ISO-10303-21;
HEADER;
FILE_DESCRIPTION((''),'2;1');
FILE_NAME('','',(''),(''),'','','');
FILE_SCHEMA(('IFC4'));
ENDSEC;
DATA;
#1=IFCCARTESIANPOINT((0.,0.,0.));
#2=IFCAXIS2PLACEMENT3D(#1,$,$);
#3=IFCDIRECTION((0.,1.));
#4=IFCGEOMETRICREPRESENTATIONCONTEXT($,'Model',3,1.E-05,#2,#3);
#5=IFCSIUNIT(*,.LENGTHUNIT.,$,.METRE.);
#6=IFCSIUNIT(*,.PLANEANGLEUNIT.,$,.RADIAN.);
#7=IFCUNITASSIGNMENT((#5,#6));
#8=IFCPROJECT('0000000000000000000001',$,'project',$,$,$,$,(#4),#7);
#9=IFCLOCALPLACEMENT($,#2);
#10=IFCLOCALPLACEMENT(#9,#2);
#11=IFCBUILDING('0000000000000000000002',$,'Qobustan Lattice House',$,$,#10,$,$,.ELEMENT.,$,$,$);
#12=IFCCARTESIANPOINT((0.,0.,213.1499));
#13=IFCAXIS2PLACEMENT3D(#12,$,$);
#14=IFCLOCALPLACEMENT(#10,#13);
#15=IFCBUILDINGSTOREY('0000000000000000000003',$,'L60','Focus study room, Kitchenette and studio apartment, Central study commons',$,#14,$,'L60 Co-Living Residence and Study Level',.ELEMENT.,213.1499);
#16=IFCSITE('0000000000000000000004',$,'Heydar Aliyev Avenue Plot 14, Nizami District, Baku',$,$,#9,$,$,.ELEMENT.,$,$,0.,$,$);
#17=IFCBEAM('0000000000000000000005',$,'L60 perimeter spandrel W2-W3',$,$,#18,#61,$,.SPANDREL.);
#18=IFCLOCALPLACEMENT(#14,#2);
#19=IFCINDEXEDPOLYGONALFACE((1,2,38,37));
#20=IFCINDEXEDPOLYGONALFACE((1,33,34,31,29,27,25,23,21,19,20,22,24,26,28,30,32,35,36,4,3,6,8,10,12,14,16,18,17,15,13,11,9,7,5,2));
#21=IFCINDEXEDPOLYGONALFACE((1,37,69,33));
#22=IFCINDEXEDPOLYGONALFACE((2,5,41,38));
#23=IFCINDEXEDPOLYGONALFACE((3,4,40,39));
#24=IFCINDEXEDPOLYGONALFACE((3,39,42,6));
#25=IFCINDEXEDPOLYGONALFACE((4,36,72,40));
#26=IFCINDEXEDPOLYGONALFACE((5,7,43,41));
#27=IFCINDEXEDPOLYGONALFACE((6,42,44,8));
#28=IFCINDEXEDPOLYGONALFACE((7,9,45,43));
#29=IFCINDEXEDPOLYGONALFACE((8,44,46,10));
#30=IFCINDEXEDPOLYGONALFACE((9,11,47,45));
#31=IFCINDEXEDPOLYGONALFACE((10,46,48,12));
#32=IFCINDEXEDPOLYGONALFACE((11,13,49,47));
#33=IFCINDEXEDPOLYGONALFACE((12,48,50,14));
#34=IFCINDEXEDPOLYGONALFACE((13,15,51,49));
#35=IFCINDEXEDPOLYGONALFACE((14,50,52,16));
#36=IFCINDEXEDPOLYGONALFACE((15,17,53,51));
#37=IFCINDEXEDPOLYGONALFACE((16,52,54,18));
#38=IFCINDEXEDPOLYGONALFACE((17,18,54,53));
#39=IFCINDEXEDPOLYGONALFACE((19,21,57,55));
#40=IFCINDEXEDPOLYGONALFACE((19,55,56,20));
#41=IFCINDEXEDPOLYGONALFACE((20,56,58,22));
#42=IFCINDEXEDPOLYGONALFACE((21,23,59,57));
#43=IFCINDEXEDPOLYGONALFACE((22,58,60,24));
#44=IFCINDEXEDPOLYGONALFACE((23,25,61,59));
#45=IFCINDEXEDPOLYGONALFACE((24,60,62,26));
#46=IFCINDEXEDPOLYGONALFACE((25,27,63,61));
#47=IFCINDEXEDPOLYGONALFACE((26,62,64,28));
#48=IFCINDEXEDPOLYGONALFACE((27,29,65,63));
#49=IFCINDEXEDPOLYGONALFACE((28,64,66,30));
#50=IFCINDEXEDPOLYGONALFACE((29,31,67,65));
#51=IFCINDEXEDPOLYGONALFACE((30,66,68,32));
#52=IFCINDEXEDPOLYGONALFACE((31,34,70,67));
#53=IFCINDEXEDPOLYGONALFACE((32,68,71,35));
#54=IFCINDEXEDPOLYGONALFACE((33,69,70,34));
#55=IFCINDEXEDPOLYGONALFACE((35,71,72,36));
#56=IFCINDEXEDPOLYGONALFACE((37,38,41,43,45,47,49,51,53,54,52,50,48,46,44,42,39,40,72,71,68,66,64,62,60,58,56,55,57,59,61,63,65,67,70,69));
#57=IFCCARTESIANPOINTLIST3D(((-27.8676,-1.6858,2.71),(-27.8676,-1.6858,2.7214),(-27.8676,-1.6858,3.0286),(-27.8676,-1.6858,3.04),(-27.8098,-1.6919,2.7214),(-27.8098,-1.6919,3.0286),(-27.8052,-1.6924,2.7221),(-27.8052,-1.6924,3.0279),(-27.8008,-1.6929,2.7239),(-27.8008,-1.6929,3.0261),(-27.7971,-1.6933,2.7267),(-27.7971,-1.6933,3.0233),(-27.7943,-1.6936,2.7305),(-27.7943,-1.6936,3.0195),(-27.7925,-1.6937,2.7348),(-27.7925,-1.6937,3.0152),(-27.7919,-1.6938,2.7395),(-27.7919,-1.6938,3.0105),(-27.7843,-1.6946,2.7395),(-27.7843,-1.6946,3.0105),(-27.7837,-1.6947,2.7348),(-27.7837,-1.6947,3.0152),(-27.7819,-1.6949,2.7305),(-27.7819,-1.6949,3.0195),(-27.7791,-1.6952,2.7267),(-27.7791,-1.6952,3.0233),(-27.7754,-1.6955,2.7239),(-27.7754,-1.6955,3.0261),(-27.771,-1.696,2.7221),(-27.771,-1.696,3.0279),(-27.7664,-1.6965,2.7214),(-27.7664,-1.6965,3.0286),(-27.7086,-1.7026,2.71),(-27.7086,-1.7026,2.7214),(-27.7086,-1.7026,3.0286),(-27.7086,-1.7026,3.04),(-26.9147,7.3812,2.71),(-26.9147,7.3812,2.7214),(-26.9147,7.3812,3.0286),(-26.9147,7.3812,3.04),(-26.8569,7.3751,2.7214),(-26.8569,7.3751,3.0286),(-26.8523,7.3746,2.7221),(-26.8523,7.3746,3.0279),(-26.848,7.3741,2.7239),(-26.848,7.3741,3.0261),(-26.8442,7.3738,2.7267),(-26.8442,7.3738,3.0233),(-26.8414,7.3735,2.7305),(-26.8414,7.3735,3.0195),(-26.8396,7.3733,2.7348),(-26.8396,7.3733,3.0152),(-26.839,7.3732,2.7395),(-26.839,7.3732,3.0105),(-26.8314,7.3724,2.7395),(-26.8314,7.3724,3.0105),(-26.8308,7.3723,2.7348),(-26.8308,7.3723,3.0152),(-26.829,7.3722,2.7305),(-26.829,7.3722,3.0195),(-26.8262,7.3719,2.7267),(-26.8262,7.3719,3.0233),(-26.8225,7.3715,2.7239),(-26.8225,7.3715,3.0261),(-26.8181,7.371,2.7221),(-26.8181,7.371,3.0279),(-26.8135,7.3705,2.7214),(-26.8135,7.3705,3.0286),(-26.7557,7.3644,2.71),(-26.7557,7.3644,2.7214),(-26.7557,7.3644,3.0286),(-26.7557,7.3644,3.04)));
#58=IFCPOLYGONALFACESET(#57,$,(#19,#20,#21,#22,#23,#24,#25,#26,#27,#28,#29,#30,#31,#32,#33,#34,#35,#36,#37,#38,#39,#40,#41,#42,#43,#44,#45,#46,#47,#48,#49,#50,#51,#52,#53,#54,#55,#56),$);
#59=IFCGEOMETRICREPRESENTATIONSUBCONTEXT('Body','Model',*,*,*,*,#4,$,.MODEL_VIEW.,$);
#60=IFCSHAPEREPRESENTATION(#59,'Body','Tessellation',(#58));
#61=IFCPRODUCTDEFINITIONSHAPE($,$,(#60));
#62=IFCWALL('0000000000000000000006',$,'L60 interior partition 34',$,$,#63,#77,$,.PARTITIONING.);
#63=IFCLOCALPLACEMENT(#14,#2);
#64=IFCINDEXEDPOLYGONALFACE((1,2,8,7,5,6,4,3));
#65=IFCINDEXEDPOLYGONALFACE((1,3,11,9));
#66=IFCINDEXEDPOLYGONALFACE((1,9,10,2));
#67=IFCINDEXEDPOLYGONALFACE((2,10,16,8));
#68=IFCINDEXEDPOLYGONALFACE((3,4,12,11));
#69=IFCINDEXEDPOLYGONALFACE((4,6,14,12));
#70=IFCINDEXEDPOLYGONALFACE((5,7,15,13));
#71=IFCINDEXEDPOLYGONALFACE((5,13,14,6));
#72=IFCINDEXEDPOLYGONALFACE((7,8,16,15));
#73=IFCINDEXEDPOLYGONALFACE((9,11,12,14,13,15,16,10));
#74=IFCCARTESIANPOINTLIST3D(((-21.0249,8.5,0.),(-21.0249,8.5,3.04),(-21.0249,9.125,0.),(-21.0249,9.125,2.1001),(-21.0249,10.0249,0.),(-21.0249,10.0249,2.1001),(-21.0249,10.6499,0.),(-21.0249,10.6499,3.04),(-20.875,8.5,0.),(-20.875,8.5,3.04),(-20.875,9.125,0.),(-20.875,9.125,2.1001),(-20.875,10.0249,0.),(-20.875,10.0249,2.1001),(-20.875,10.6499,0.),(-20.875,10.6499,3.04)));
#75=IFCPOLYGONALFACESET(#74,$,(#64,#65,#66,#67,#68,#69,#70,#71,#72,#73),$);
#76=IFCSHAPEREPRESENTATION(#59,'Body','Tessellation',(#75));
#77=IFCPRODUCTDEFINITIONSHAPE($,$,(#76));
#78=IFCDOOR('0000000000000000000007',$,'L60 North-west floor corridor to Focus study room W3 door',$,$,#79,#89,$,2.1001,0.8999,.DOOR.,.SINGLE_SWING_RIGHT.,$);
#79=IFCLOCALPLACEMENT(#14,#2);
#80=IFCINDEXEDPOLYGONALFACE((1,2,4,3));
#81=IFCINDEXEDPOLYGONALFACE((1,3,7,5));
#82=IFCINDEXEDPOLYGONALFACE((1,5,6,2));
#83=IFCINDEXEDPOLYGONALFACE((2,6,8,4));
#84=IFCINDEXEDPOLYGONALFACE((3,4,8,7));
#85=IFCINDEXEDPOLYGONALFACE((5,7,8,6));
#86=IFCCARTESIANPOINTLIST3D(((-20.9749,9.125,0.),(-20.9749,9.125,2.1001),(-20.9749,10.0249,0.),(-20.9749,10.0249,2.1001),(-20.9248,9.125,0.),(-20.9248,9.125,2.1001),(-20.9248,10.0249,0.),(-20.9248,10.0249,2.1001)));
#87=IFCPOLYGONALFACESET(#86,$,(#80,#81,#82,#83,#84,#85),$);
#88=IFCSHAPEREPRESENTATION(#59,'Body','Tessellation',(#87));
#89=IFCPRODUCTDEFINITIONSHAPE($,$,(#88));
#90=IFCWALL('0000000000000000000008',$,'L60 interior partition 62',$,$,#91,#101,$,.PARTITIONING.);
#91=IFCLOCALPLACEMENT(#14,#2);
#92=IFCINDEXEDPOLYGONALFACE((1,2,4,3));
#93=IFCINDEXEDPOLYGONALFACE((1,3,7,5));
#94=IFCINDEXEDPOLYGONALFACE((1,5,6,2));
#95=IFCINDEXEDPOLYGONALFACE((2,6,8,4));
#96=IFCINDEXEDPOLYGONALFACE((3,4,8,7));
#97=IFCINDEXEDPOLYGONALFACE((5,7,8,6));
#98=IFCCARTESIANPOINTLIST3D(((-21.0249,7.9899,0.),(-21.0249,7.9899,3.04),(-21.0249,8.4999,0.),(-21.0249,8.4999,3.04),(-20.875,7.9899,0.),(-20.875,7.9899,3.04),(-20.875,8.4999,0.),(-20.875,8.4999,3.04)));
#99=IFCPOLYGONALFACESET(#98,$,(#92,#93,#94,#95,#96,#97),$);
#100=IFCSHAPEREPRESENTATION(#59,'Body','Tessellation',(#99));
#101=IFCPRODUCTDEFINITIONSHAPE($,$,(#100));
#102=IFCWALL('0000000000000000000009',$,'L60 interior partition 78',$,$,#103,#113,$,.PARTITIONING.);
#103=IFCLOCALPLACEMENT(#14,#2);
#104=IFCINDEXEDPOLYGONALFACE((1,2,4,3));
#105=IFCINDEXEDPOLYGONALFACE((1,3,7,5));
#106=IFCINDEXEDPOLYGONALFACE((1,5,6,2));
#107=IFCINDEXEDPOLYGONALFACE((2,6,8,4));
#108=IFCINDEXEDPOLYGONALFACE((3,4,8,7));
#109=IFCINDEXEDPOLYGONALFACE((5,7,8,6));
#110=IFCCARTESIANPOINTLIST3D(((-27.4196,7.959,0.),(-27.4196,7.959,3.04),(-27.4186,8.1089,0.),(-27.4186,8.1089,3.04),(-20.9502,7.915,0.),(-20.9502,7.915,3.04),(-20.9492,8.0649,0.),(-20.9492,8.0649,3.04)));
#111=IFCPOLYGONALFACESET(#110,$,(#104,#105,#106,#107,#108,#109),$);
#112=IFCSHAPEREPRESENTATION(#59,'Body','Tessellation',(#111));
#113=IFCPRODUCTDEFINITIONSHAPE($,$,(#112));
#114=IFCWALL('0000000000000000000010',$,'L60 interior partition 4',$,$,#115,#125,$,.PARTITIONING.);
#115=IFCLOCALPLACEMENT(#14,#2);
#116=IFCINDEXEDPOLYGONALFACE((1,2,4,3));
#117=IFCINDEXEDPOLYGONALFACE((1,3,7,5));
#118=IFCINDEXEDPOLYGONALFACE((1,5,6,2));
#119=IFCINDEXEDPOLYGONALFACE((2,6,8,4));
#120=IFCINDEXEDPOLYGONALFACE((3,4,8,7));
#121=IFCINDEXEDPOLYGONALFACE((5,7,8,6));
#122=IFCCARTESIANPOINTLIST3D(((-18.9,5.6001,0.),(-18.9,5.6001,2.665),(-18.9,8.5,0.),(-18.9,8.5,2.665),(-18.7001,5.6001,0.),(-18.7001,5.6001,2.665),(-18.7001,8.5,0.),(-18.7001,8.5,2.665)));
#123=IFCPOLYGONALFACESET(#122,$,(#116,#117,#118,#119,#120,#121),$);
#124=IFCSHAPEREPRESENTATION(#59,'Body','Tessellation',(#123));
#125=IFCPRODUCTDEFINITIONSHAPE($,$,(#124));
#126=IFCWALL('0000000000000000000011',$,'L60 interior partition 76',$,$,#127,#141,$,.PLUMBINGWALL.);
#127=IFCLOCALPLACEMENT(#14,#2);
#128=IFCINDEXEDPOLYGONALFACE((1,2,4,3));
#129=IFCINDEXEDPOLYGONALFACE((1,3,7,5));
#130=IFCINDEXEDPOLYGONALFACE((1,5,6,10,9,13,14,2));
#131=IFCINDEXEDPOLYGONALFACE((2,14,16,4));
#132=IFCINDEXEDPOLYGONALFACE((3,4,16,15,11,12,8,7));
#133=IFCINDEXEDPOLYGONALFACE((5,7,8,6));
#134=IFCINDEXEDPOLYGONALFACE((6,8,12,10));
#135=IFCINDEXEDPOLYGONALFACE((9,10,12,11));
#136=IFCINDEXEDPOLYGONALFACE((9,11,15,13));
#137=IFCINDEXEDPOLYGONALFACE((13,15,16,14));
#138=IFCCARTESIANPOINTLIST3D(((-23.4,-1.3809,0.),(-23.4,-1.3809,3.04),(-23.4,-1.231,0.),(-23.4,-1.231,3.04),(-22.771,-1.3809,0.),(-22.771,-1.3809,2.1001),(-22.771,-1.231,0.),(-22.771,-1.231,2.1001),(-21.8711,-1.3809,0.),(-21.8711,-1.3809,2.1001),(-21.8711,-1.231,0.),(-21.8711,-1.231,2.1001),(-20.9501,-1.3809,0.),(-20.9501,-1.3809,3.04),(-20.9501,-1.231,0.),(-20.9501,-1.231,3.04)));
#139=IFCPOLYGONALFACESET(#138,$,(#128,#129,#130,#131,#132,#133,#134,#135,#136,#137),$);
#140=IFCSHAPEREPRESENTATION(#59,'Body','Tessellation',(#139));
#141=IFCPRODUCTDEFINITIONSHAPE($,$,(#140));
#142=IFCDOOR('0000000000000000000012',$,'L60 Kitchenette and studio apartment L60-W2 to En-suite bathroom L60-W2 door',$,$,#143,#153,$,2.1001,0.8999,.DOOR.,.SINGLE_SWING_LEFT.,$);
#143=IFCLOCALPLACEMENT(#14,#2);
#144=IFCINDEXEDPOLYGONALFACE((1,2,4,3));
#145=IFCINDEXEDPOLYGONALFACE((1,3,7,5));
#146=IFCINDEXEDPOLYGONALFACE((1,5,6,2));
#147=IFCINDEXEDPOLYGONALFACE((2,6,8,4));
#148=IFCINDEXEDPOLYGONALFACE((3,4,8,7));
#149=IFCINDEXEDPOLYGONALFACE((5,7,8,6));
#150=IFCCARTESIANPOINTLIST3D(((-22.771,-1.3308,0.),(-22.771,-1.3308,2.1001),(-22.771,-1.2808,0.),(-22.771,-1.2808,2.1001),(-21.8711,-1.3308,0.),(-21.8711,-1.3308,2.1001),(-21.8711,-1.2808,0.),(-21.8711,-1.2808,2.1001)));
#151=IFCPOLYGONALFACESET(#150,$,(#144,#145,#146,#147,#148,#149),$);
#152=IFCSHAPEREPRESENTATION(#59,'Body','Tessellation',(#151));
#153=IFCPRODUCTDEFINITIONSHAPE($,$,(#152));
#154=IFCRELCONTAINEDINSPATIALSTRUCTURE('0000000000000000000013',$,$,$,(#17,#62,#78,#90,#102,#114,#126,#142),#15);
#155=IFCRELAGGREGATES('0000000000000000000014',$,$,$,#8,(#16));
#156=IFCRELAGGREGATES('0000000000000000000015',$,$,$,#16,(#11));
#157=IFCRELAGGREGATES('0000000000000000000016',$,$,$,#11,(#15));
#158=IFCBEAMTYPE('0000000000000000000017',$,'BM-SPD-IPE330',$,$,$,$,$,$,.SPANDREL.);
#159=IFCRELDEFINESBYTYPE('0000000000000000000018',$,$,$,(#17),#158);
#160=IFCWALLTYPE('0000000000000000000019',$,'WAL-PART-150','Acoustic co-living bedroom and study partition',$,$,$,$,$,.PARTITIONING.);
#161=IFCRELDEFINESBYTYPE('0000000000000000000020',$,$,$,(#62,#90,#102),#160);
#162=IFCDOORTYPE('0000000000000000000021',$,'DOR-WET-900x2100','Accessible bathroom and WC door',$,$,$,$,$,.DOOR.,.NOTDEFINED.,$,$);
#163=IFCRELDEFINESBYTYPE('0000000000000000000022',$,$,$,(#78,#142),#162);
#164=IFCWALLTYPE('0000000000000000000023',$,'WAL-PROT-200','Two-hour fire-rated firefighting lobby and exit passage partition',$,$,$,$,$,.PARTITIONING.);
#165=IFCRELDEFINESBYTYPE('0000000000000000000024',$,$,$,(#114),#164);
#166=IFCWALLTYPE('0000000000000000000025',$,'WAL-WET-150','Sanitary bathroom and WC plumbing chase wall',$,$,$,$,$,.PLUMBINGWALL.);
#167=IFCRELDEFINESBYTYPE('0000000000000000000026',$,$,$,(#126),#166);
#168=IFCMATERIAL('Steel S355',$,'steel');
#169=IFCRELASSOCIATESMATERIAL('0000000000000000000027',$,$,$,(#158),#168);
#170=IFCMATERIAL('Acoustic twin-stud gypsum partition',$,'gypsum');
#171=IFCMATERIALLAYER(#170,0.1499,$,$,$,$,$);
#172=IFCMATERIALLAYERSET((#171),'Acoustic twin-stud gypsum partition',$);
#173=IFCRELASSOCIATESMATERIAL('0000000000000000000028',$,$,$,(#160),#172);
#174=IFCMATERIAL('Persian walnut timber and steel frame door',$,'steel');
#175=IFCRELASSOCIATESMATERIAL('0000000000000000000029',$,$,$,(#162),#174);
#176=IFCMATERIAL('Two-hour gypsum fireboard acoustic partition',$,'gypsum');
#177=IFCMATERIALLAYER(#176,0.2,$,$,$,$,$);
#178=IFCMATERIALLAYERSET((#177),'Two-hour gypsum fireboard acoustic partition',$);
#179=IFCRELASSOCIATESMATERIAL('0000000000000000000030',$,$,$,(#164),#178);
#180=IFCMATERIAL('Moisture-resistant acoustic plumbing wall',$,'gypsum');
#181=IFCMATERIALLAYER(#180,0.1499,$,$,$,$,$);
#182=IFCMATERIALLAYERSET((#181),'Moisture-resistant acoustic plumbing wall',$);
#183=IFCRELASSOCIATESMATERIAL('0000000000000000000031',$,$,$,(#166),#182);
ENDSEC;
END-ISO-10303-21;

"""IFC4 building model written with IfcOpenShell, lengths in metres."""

from ifc_helpers import new_model, si_unit, direction, frame, frame_2d, origin, origin_2d, place, context, subcontext, project, spatial, rectangle, i_section, extrude, material, layer, layer_set, material_profile, profile_set, type_object, element, fill, save


model = new_model("IFC4")

# Units and contexts
model_context = context("Model", 3, precision=1e-05, world=origin(), true_north=direction((0.0, 1.0)))
body_context = subcontext(model_context, "Body", "Model", "MODEL_VIEW")
ifc_project = project(units=[si_unit("LENGTHUNIT", "METRE"), si_unit("PLANEANGLEUNIT", "RADIAN")], contexts=[model_context])

# Site, building, storey
site_placement = place(None, origin())
site = spatial("IfcSite", under=ifc_project, at=site_placement, Name="Heydar Aliyev Avenue Plot 14, Nizami District, Baku", CompositionType="ELEMENT", RefElevation=0.0)
building_placement = place(site_placement, origin())
building = spatial("IfcBuilding", under=site, at=building_placement, Name="Qobustan Lattice House", CompositionType="ELEMENT")
storey_placement = place(building_placement, frame((0.0, 0.0, 213.1499)))
storey = spatial("IfcBuildingStorey", under=building, at=storey_placement, Name="L60", Description="Focus study room, Kitchenette and studio apartment, Central study commons", LongName="L60 Co-Living Residence and Study Level", CompositionType="ELEMENT", Elevation=213.1499)

# Beam
ifc_material_1 = material(Name="Steel S355", Category="steel")
ifc_material_profile_1 = material_profile(ifc_material_1, i_section(OverallWidth=0.1599, OverallDepth=0.3301, WebThickness=0.0076, FlangeThickness=0.0115, FilletRadius=0.0181, at=origin_2d()), Name="IPE330")
ifc_profile_set_1 = profile_set([ifc_material_profile_1], Name="Steel S355")
beam_type_1 = type_object("IfcBeamType", Name="BM-SPD-IPE330", PredefinedType="SPANDREL", material=ifc_profile_set_1)
beam_1_placement = place(storey_placement, frame((-26.8352, 7.3728, 2.875), z_axis=(-0.104519, -0.994523, 0.0), x_axis=(0.994523, -0.104519, 0.0)))
element("IfcBeam", 1, at=beam_1_placement, inside=storey, type_object=beam_type_1, Name="L60 perimeter spandrel W2-W3", PredefinedType="SPANDREL", context=body_context, shape_type="SweptSolid", body=[
    extrude(i_section(OverallWidth=0.1599, OverallDepth=0.3301, WebThickness=0.0076, FlangeThickness=0.0115, FilletRadius=0.0181, at=origin_2d()), origin(), (0.0, 0.0, 1.0), 9.1169),
])

# Wall, opening, door
ifc_material_2 = material(Name="Acoustic twin-stud gypsum partition", Category="gypsum")
ifc_layer_1 = layer(ifc_material_2, 0.1499)
ifc_layer_set_1 = layer_set([ifc_layer_1], Name="Acoustic twin-stud gypsum partition")
wall_type_1 = type_object("IfcWallType", Name="WAL-PART-150", Description="Acoustic co-living bedroom and study partition", PredefinedType="PARTITIONING", material=ifc_layer_set_1)
wall_1_placement = place(storey_placement, frame((-20.95, 8.5, 0.0), z_axis=(0.0, 0.0, 1.0), x_axis=(0.0, 1.0, 0.0)))
wall_1 = element("IfcWall", 2, at=wall_1_placement, inside=storey, type_object=wall_type_1, Name="L60 interior partition 34", PredefinedType="PARTITIONING", context=body_context, shape_type="SweptSolid", body=[
    extrude(rectangle(XDim=2.1499, YDim=0.1499, at=frame_2d((1.075, 0.0))), origin(), (0.0, 0.0, 1.0), 3.04),
])
opening_1_placement = place(wall_1_placement, frame((0.625, 0.0, 0.0)))
opening_1 = element("IfcOpeningElement", 3, at=opening_1_placement, cuts=wall_1, PredefinedType="OPENING", context=body_context, shape_type="SweptSolid", body=[
    extrude(rectangle(XDim=0.8999, YDim=2.1001, at=frame_2d((0.45, 1.05))), frame((0.0, 0.085, 0.0), z_axis=(0.0, -1.0, 0.0), x_axis=(1.0, 0.0, 0.0)), (0.0, 0.0, 1.0), 0.1699),
])
ifc_material_3 = material(Name="Persian walnut timber and steel frame door", Category="steel")
door_type_1 = type_object("IfcDoorType", Name="DOR-WET-900x2100", Description="Accessible bathroom and WC door", OperationType="NOTDEFINED", PredefinedType="DOOR", material=ifc_material_3)
door_1_placement = place(opening_1_placement, origin())
door_1 = element("IfcDoor", 4, at=door_1_placement, inside=storey, type_object=door_type_1, Name="L60 North-west floor corridor to Focus study room W3 door", OperationType="SINGLE_SWING_RIGHT", OverallHeight=2.1001, OverallWidth=0.8999, PredefinedType="DOOR", context=body_context, shape_type="SweptSolid", body=[
    extrude(rectangle(XDim=0.8999, YDim=2.1001, at=frame_2d((0.45, 1.05))), frame((0.0, 0.0249, 0.0), z_axis=(0.0, -1.0, 0.0), x_axis=(1.0, 0.0, 0.0)), (0.0, 0.0, 1.0), 0.05),
])
fill(opening_1, door_1)

# Walls
wall_2_placement = place(storey_placement, frame((-20.95, 7.99, 0.0), z_axis=(0.0, 0.0, 1.0), x_axis=(0.0, 1.0, 0.0)))
element("IfcWall", 5, at=wall_2_placement, inside=storey, type_object=wall_type_1, Name="L60 interior partition 62", PredefinedType="PARTITIONING", context=body_context, shape_type="SweptSolid", body=[
    extrude(rectangle(XDim=0.51, YDim=0.1499, at=frame_2d((0.2549, 0.0))), origin(), (0.0, 0.0, 1.0), 3.04),
])
wall_3_placement = place(storey_placement, frame((-27.4192, 8.0339, 0.0), z_axis=(0.0, 0.0, 1.0), x_axis=(0.999977, -0.006793, 0.0)))
element("IfcWall", 6, at=wall_3_placement, inside=storey, type_object=wall_type_1, Name="L60 interior partition 78", PredefinedType="PARTITIONING", context=body_context, shape_type="SweptSolid", body=[
    extrude(rectangle(XDim=6.4695, YDim=0.1499, at=frame_2d((3.2349, 0.0))), origin(), (0.0, 0.0, 1.0), 3.04),
])
ifc_material_4 = material(Name="Two-hour gypsum fireboard acoustic partition", Category="gypsum")
ifc_layer_2 = layer(ifc_material_4, 0.2)
ifc_layer_set_2 = layer_set([ifc_layer_2], Name="Two-hour gypsum fireboard acoustic partition")
wall_type_2 = type_object("IfcWallType", Name="WAL-PROT-200", Description="Two-hour fire-rated firefighting lobby and exit passage partition", PredefinedType="PARTITIONING", material=ifc_layer_set_2)
wall_4_placement = place(storey_placement, frame((-18.8, 8.5, 0.0), z_axis=(0.0, 0.0, 1.0), x_axis=(0.0, -1.0, 0.0)))
element("IfcWall", 7, at=wall_4_placement, inside=storey, type_object=wall_type_2, Name="L60 interior partition 4", PredefinedType="PARTITIONING", context=body_context, shape_type="SweptSolid", body=[
    extrude(rectangle(XDim=2.8999, YDim=0.2, at=frame_2d((1.45, 0.0))), origin(), (0.0, 0.0, 1.0), 2.665),
])

# Wall, opening, door
ifc_material_5 = material(Name="Moisture-resistant acoustic plumbing wall", Category="gypsum")
ifc_layer_3 = layer(ifc_material_5, 0.1499)
ifc_layer_set_3 = layer_set([ifc_layer_3], Name="Moisture-resistant acoustic plumbing wall")
wall_type_3 = type_object("IfcWallType", Name="WAL-WET-150", Description="Sanitary bathroom and WC plumbing chase wall", PredefinedType="PLUMBINGWALL", material=ifc_layer_set_3)
wall_5_placement = place(storey_placement, frame((-20.95, -1.3059, 0.0), z_axis=(0.0, 0.0, 1.0), x_axis=(-1.0, 0.0, 0.0)))
wall_5 = element("IfcWall", 8, at=wall_5_placement, inside=storey, type_object=wall_type_3, Name="L60 interior partition 76", PredefinedType="PLUMBINGWALL", context=body_context, shape_type="SweptSolid", body=[
    extrude(rectangle(XDim=2.45, YDim=0.1499, at=frame_2d((1.2251, 0.0))), origin(), (0.0, 0.0, 1.0), 3.04),
])
opening_2_placement = place(wall_5_placement, frame((0.9211, 0.0, 0.0)))
opening_2 = element("IfcOpeningElement", 9, at=opening_2_placement, cuts=wall_5, PredefinedType="OPENING", context=body_context, shape_type="SweptSolid", body=[
    extrude(rectangle(XDim=0.8999, YDim=2.1001, at=frame_2d((0.45, 1.05))), frame((0.0, 0.085, 0.0), z_axis=(0.0, -1.0, 0.0), x_axis=(1.0, 0.0, 0.0)), (0.0, 0.0, 1.0), 0.1699),
])
door_2_placement = place(opening_2_placement, origin())
door_2 = element("IfcDoor", 10, at=door_2_placement, inside=storey, type_object=door_type_1, Name="L60 Kitchenette and studio apartment L60-W2 to En-suite bathroom L60-W2 door", OperationType="SINGLE_SWING_LEFT", OverallHeight=2.1001, OverallWidth=0.8999, PredefinedType="DOOR", context=body_context, shape_type="SweptSolid", body=[
    extrude(rectangle(XDim=0.8999, YDim=2.1001, at=frame_2d((0.45, 1.05))), frame((0.0, 0.0249, 0.0), z_axis=(0.0, -1.0, 0.0), x_axis=(1.0, 0.0, 0.0)), (0.0, 0.0, 1.0), 0.05),
])
fill(opening_2, door_2)

save(model, "model.ifc")
